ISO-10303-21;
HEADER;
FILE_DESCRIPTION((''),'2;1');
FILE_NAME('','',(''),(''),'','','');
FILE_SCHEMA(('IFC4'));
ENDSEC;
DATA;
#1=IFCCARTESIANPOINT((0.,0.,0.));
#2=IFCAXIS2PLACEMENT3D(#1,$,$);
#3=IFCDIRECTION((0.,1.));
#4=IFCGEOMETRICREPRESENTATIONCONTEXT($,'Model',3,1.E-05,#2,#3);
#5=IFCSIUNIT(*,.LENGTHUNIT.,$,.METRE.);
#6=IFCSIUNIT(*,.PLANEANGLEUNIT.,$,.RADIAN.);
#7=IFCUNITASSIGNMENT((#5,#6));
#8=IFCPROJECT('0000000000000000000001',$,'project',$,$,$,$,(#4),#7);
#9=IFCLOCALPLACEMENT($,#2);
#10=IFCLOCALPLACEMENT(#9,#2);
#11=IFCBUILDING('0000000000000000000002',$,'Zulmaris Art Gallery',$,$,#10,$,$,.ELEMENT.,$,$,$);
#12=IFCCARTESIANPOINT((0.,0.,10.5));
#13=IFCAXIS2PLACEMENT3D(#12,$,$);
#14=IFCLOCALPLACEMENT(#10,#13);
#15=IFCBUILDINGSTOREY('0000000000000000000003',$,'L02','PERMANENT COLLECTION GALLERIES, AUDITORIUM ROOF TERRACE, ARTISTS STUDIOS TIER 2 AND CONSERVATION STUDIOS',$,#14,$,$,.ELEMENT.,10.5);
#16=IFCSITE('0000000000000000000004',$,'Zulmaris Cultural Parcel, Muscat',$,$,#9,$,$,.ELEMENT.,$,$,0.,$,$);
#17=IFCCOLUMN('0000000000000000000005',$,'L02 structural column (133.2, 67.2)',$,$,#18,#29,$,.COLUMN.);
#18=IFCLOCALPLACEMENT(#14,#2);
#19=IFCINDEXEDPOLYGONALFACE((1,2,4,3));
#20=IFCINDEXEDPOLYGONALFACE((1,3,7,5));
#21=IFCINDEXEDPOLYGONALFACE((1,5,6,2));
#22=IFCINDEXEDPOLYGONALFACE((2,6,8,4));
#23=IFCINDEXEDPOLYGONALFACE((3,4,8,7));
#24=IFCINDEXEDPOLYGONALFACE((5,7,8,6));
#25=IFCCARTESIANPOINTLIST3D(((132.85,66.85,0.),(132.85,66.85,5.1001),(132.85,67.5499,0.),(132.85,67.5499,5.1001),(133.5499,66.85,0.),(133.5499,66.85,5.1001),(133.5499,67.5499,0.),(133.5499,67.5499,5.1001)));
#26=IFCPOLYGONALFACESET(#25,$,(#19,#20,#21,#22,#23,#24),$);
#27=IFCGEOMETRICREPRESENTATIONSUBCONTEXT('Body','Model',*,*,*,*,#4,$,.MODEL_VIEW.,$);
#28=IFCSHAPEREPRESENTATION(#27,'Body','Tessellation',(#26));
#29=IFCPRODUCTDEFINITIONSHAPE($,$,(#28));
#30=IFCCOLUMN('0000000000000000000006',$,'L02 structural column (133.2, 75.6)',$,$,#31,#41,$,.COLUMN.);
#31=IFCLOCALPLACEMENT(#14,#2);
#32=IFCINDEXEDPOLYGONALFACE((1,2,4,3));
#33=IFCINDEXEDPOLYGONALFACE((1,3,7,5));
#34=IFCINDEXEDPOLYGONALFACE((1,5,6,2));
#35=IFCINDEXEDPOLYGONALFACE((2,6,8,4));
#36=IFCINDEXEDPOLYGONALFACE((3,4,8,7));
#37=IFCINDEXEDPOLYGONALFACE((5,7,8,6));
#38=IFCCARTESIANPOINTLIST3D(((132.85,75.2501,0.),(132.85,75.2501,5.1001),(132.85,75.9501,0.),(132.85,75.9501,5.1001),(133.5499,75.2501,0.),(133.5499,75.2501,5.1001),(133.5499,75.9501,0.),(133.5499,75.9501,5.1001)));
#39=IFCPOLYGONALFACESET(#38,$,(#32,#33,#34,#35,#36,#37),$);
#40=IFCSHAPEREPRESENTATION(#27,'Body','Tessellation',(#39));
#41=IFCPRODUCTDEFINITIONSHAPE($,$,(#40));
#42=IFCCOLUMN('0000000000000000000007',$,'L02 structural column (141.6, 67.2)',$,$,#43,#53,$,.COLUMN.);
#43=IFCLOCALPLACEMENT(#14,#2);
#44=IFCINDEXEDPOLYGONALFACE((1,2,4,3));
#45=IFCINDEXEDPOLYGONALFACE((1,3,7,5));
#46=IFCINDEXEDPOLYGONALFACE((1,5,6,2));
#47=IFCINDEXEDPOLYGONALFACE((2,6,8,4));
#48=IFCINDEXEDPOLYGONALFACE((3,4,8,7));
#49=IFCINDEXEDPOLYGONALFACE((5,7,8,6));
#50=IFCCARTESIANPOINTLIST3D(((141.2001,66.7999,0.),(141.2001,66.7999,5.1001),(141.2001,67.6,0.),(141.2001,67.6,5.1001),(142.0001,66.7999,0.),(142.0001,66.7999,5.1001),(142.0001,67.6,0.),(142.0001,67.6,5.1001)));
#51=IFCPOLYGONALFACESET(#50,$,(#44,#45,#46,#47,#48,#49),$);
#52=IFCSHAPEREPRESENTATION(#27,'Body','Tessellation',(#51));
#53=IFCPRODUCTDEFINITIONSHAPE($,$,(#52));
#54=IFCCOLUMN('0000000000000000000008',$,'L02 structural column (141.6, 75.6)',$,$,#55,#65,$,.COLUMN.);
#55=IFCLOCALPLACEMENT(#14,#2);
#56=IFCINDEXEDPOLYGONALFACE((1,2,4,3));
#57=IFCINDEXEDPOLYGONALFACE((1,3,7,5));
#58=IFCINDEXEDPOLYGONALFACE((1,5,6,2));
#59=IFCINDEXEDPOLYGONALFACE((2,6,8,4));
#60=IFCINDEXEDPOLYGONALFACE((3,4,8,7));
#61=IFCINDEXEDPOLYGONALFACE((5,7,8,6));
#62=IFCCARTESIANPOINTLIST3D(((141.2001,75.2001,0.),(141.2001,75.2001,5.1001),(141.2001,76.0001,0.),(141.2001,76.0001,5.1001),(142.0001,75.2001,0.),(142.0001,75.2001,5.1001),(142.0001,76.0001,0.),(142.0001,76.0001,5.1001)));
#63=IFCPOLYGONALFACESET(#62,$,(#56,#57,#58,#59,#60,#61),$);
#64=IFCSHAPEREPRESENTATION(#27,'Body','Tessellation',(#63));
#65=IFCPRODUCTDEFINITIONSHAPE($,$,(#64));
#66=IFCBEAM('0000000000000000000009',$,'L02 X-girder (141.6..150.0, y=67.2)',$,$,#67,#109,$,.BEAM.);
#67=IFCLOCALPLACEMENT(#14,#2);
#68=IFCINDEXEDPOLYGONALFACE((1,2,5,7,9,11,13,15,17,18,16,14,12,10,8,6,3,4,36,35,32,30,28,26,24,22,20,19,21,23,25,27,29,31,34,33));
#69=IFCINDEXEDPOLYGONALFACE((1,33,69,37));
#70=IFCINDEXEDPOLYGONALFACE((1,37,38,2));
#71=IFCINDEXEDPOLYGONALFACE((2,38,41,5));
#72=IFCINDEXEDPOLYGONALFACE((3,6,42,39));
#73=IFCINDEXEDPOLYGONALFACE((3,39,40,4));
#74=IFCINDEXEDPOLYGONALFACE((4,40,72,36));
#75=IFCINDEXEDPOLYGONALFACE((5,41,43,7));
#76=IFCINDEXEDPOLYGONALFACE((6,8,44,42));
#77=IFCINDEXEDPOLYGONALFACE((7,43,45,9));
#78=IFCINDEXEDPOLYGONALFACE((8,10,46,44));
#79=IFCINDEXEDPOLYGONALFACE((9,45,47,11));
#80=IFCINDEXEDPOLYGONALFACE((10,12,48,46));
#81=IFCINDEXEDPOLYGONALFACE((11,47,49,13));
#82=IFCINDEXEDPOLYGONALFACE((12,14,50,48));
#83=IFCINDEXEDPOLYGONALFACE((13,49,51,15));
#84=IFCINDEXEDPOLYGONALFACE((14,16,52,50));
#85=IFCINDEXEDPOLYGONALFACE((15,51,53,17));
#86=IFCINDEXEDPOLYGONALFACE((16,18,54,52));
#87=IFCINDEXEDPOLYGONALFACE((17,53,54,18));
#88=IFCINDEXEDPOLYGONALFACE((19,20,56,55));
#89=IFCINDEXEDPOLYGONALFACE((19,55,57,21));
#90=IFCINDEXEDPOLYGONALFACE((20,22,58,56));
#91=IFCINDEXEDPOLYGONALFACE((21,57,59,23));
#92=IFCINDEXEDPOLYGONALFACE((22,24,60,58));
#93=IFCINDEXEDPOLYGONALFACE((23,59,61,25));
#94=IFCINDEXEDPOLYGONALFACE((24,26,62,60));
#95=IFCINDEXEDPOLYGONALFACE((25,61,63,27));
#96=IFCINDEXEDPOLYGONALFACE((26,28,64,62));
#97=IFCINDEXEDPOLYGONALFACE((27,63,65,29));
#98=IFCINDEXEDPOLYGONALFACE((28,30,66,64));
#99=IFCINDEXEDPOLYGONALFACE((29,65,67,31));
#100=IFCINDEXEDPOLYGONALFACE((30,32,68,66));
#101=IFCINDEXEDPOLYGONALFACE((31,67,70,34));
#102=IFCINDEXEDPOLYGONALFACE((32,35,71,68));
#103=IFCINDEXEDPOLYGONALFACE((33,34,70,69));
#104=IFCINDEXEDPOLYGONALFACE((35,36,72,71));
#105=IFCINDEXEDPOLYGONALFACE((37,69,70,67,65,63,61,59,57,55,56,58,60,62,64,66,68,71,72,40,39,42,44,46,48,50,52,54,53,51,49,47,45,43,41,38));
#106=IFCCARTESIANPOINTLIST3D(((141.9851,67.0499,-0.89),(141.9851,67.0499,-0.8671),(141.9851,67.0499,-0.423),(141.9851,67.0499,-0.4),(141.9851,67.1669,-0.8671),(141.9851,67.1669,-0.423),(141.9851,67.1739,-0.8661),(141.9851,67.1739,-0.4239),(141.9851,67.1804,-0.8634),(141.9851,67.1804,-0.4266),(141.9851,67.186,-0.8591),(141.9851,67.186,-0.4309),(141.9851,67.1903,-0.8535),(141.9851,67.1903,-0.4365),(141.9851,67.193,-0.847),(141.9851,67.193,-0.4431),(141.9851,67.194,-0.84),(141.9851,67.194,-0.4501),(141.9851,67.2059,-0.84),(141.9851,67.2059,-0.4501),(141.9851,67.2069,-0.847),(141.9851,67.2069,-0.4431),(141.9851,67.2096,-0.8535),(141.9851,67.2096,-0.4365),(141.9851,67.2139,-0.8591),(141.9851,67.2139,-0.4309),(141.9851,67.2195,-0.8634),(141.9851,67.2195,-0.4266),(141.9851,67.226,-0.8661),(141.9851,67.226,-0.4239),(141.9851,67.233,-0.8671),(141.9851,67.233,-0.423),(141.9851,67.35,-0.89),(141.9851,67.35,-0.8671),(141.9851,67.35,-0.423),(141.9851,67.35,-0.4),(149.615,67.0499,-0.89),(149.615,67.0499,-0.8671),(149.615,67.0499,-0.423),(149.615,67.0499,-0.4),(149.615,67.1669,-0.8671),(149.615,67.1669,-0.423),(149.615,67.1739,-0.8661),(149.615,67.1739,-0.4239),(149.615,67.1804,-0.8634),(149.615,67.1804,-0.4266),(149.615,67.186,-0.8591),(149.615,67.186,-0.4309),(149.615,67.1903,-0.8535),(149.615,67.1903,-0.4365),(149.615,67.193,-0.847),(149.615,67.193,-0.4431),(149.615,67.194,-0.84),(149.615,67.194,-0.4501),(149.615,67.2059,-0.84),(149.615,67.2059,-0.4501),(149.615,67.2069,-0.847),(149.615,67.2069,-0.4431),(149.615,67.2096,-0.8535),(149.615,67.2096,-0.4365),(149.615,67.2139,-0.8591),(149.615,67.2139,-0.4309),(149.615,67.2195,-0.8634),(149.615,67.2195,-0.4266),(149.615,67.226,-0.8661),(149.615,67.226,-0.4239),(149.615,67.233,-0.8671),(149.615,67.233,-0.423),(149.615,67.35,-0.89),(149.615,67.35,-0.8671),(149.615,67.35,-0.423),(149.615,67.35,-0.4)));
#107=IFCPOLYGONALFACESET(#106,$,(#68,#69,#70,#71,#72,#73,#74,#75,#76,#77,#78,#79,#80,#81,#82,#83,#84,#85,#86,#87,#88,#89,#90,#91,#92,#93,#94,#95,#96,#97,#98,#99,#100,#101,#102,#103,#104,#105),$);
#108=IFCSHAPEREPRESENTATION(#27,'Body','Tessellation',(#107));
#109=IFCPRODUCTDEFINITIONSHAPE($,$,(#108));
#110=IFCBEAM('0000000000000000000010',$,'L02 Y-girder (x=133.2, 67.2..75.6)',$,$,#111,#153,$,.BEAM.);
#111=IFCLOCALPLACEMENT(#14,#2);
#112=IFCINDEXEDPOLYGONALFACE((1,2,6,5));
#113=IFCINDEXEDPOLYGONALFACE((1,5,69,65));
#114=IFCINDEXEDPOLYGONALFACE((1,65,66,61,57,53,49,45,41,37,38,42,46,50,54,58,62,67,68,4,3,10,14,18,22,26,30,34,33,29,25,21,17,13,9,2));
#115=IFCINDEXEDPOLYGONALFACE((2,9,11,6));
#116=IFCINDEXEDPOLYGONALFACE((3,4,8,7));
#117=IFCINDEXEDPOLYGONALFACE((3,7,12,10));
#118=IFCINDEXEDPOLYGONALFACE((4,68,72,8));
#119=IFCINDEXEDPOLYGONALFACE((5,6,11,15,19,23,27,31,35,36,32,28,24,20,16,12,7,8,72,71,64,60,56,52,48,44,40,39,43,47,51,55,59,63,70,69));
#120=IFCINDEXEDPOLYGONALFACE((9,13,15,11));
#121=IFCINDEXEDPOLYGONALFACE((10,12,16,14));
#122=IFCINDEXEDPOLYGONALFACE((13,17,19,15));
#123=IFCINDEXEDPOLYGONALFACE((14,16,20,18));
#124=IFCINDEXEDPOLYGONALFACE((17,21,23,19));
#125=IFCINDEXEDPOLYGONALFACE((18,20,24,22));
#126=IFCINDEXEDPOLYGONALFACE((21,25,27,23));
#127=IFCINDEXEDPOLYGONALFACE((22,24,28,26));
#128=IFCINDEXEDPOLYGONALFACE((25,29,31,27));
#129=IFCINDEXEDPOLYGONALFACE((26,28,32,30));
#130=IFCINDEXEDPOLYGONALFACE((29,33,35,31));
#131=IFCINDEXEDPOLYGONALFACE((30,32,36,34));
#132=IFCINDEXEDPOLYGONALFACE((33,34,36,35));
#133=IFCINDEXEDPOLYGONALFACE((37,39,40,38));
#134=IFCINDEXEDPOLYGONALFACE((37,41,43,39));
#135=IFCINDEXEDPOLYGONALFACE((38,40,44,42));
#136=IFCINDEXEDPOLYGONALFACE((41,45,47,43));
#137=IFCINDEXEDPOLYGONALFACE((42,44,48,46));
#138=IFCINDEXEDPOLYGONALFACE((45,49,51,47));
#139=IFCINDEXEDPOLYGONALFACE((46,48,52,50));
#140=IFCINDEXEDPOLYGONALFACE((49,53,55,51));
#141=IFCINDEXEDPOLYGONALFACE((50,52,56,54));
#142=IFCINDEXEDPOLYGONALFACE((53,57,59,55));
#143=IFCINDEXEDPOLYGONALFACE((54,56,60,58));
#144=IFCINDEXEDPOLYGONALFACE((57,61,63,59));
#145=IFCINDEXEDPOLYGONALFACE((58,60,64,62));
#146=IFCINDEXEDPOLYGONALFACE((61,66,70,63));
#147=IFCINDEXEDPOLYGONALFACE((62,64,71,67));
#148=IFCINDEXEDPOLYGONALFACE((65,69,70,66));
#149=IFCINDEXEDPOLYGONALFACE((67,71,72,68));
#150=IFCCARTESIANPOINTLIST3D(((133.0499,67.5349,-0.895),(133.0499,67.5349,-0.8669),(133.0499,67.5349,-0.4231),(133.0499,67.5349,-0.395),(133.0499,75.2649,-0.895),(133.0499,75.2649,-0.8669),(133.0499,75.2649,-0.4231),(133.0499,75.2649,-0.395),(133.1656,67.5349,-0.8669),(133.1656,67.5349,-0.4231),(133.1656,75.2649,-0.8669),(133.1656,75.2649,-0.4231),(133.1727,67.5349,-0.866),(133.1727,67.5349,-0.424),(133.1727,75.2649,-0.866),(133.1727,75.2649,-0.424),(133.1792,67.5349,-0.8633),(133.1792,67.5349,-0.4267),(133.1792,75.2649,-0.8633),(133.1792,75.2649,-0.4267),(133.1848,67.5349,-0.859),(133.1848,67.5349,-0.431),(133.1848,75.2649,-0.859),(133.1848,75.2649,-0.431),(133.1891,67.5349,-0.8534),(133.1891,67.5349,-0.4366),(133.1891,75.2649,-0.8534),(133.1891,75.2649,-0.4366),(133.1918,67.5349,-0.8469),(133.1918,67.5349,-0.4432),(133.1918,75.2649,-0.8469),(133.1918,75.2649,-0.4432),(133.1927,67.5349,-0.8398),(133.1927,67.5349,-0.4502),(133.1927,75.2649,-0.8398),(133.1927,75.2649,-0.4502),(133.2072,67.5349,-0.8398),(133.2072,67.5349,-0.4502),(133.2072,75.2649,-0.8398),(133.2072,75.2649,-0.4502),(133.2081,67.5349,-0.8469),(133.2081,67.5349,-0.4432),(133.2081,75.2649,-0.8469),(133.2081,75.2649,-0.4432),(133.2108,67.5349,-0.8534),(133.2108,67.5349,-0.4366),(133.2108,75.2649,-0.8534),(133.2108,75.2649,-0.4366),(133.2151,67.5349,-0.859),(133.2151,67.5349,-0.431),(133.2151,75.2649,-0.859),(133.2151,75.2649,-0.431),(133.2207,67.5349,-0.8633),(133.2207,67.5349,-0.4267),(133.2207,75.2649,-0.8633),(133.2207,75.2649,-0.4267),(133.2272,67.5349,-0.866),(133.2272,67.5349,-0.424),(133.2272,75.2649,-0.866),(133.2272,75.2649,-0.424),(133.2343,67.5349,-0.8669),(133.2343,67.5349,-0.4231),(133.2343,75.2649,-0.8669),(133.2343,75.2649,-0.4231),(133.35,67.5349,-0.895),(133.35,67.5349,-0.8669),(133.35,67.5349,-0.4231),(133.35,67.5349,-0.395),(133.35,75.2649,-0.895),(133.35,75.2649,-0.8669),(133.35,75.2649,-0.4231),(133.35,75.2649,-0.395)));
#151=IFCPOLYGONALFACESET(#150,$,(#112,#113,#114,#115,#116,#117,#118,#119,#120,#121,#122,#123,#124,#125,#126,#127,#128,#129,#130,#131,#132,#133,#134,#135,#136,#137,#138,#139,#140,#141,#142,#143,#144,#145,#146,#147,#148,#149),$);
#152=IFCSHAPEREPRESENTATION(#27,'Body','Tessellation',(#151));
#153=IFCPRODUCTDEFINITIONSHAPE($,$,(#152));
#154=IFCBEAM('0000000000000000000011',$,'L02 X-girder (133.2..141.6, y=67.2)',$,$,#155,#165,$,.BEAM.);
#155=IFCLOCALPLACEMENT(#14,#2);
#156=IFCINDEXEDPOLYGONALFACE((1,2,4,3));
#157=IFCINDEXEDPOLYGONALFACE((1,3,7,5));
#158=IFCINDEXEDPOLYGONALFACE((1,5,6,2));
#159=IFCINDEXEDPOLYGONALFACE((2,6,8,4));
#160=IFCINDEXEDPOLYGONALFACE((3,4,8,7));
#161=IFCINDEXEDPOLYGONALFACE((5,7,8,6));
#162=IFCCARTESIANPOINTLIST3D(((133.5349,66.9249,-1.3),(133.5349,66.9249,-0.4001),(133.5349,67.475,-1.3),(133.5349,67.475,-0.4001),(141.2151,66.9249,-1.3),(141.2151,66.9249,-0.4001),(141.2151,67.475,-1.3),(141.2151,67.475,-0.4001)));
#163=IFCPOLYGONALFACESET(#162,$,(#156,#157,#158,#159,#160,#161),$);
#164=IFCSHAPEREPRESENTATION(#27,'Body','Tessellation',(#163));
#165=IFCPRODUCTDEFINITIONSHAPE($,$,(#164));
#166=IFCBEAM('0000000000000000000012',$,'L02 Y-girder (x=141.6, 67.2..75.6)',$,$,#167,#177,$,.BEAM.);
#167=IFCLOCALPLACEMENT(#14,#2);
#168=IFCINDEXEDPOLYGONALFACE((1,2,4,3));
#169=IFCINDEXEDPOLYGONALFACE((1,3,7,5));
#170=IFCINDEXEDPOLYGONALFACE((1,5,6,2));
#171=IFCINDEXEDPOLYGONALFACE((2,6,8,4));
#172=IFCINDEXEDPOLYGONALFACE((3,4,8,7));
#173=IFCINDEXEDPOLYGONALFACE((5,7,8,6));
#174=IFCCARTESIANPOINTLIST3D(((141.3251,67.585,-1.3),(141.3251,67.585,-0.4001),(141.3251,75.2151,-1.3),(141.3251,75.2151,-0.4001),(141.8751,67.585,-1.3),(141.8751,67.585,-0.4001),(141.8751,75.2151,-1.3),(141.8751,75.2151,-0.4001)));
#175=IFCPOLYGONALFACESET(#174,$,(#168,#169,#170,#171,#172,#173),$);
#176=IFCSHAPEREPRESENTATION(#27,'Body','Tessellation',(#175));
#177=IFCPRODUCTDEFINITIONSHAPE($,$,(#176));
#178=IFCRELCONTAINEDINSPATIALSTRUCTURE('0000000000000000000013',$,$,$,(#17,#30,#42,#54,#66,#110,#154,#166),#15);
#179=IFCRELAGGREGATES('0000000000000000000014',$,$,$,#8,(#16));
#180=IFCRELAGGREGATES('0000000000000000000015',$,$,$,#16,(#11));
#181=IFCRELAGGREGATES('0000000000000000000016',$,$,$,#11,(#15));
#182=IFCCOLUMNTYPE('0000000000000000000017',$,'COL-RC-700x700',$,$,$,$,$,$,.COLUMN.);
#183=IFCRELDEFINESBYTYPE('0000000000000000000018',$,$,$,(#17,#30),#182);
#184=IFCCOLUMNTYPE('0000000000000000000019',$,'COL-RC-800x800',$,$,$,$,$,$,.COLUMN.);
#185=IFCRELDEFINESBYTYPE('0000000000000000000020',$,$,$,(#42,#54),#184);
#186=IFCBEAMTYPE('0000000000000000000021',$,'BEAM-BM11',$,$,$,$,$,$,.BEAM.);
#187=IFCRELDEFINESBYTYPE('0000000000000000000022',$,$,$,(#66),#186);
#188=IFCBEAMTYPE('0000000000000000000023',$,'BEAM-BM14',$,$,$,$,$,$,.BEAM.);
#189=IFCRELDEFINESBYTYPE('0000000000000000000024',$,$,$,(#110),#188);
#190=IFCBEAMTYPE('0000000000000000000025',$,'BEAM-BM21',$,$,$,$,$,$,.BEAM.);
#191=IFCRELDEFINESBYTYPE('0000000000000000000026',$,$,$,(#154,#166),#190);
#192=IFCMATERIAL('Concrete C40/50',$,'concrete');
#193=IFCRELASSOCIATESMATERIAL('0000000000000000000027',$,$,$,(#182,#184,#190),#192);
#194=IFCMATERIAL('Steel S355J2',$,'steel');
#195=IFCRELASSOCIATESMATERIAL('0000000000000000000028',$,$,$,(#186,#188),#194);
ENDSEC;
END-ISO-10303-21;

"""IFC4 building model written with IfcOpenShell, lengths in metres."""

from ifc_helpers import new_model, si_unit, direction, frame, origin, origin_2d, place, context, subcontext, project, spatial, rectangle, i_section, extrude, material, material_profile, profile_set, type_object, element, save


model = new_model("IFC4")

# Units and contexts
model_context = context("Model", 3, precision=1e-05, world=origin(), true_north=direction((0.0, 1.0)))
body_context = subcontext(model_context, "Body", "Model", "MODEL_VIEW")
ifc_project = project(units=[si_unit("LENGTHUNIT", "METRE"), si_unit("PLANEANGLEUNIT", "RADIAN")], contexts=[model_context])

# Site, building, storey
site_placement = place(None, origin())
site = spatial("IfcSite", under=ifc_project, at=site_placement, Name="Zulmaris Cultural Parcel, Muscat", CompositionType="ELEMENT", RefElevation=0.0)
building_placement = place(site_placement, origin())
building = spatial("IfcBuilding", under=site, at=building_placement, Name="Zulmaris Art Gallery", CompositionType="ELEMENT")
storey_placement = place(building_placement, frame((0.0, 0.0, 10.5)))
storey = spatial("IfcBuildingStorey", under=building, at=storey_placement, Name="L02", Description="PERMANENT COLLECTION GALLERIES, AUDITORIUM ROOF TERRACE, ARTISTS STUDIOS TIER 2 AND CONSERVATION STUDIOS", CompositionType="ELEMENT", Elevation=10.5)

# Columns
ifc_material_1 = material(Name="Concrete C40/50", Category="concrete")
ifc_material_profile_1 = material_profile(ifc_material_1, rectangle(XDim=0.7, YDim=0.7, at=origin_2d()), Name="RC 700x700")
ifc_profile_set_1 = profile_set([ifc_material_profile_1], Name="Concrete C40/50")
column_type_1 = type_object("IfcColumnType", Name="COL-RC-700x700", PredefinedType="COLUMN", material=ifc_profile_set_1)
for number, where, z_axis, x_axis, name in (
    (1, (133.2, 67.2, 0.0), (0.0, 0.0, 1.0), (1.0, 0.0, 0.0), "L02 structural column (133.2, 67.2)"),
    (2, (133.2, 75.6001, 0.0), (0.0, 0.0, 1.0), (1.0, 0.0, 0.0), "L02 structural column (133.2, 75.6)"),
):
    element("IfcColumn", number, at=place(storey_placement, frame(where, z_axis=z_axis, x_axis=x_axis)), inside=storey, type_object=column_type_1, Name=name, PredefinedType="COLUMN", context=body_context, shape_type="SweptSolid", body=[
        extrude(rectangle(XDim=0.7, YDim=0.7, at=origin_2d()), origin(), (0.0, 0.0, 1.0), 5.1001),
    ])
ifc_material_profile_2 = material_profile(ifc_material_1, rectangle(XDim=0.8, YDim=0.8, at=origin_2d()), Name="RC 800x800")
ifc_profile_set_2 = profile_set([ifc_material_profile_2], Name="Concrete C40/50")
column_type_2 = type_object("IfcColumnType", Name="COL-RC-800x800", PredefinedType="COLUMN", material=ifc_profile_set_2)
for number, where, z_axis, x_axis, name in (
    (3, (141.6001, 67.2, 0.0), (0.0, 0.0, 1.0), (1.0, 0.0, 0.0), "L02 structural column (141.6, 67.2)"),
    (4, (141.6001, 75.6001, 0.0), (0.0, 0.0, 1.0), (1.0, 0.0, 0.0), "L02 structural column (141.6, 75.6)"),
):
    element("IfcColumn", number, at=place(storey_placement, frame(where, z_axis=z_axis, x_axis=x_axis)), inside=storey, type_object=column_type_2, Name=name, PredefinedType="COLUMN", context=body_context, shape_type="SweptSolid", body=[
        extrude(rectangle(XDim=0.8, YDim=0.8, at=origin_2d()), origin(), (0.0, 0.0, 1.0), 5.1001),
    ])

# Beams
ifc_material_2 = material(Name="Steel S355J2", Category="steel")
ifc_material_profile_3 = material_profile(ifc_material_2, i_section(OverallWidth=0.3, OverallDepth=0.49, WebThickness=0.012, FlangeThickness=0.0229, FilletRadius=0.0271, at=origin_2d()), Name="HEA 500")
ifc_profile_set_3 = profile_set([ifc_material_profile_3], Name="Steel S355J2")
beam_type_1 = type_object("IfcBeamType", Name="BEAM-BM11", PredefinedType="BEAM", material=ifc_profile_set_3)
beam_1_placement = place(storey_placement, frame((141.9851, 67.2, -0.645), z_axis=(1.0, 0.0, 0.0), x_axis=(0.0, 1.0, 0.0)))
element("IfcBeam", 5, at=beam_1_placement, inside=storey, type_object=beam_type_1, Name="L02 X-girder (141.6..150.0, y=67.2)", PredefinedType="BEAM", context=body_context, shape_type="SweptSolid", body=[
    extrude(i_section(OverallWidth=0.3, OverallDepth=0.49, WebThickness=0.012, FlangeThickness=0.0229, FilletRadius=0.0271, at=origin_2d()), origin(), (0.0, 0.0, 1.0), 7.6299),
])
ifc_material_profile_4 = material_profile(ifc_material_2, i_section(OverallWidth=0.3, OverallDepth=0.5, WebThickness=0.0144, FlangeThickness=0.0281, FilletRadius=0.0271, at=origin_2d()), Name="HEB 500")
ifc_profile_set_4 = profile_set([ifc_material_profile_4], Name="Steel S355J2")
beam_type_2 = type_object("IfcBeamType", Name="BEAM-BM14", PredefinedType="BEAM", material=ifc_profile_set_4)
beam_2_placement = place(storey_placement, frame((133.2, 67.5349, -0.645), z_axis=(0.0, 1.0, 0.0), x_axis=(-1.0, 0.0, 0.0)))
element("IfcBeam", 6, at=beam_2_placement, inside=storey, type_object=beam_type_2, Name="L02 Y-girder (x=133.2, 67.2..75.6)", PredefinedType="BEAM", context=body_context, shape_type="SweptSolid", body=[
    extrude(i_section(OverallWidth=0.3, OverallDepth=0.5, WebThickness=0.0144, FlangeThickness=0.0281, FilletRadius=0.0271, at=origin_2d()), origin(), (0.0, 0.0, 1.0), 7.73),
])
ifc_material_profile_5 = material_profile(ifc_material_1, rectangle(XDim=0.55, YDim=0.8999, at=origin_2d()), Name="RC 550x900")
ifc_profile_set_5 = profile_set([ifc_material_profile_5], Name="Concrete C40/50")
beam_type_3 = type_object("IfcBeamType", Name="BEAM-BM21", PredefinedType="BEAM", material=ifc_profile_set_5)
beam_3_placement = place(storey_placement, frame((133.5349, 67.2, -0.8501), z_axis=(1.0, 0.0, 0.0), x_axis=(0.0, 1.0, 0.0)))
element("IfcBeam", 7, at=beam_3_placement, inside=storey, type_object=beam_type_3, Name="L02 X-girder (133.2..141.6, y=67.2)", PredefinedType="BEAM", context=body_context, shape_type="SweptSolid", body=[
    extrude(rectangle(XDim=0.55, YDim=0.8999, at=origin_2d()), origin(), (0.0, 0.0, 1.0), 7.6802),
])
beam_4_placement = place(storey_placement, frame((141.6001, 67.585, -0.8501), z_axis=(0.0, 1.0, 0.0), x_axis=(-1.0, 0.0, 0.0)))
element("IfcBeam", 8, at=beam_4_placement, inside=storey, type_object=beam_type_3, Name="L02 Y-girder (x=141.6, 67.2..75.6)", PredefinedType="BEAM", context=body_context, shape_type="SweptSolid", body=[
    extrude(rectangle(XDim=0.55, YDim=0.8999, at=origin_2d()), origin(), (0.0, 0.0, 1.0), 7.6301),
])

save(model, "model.ifc")
